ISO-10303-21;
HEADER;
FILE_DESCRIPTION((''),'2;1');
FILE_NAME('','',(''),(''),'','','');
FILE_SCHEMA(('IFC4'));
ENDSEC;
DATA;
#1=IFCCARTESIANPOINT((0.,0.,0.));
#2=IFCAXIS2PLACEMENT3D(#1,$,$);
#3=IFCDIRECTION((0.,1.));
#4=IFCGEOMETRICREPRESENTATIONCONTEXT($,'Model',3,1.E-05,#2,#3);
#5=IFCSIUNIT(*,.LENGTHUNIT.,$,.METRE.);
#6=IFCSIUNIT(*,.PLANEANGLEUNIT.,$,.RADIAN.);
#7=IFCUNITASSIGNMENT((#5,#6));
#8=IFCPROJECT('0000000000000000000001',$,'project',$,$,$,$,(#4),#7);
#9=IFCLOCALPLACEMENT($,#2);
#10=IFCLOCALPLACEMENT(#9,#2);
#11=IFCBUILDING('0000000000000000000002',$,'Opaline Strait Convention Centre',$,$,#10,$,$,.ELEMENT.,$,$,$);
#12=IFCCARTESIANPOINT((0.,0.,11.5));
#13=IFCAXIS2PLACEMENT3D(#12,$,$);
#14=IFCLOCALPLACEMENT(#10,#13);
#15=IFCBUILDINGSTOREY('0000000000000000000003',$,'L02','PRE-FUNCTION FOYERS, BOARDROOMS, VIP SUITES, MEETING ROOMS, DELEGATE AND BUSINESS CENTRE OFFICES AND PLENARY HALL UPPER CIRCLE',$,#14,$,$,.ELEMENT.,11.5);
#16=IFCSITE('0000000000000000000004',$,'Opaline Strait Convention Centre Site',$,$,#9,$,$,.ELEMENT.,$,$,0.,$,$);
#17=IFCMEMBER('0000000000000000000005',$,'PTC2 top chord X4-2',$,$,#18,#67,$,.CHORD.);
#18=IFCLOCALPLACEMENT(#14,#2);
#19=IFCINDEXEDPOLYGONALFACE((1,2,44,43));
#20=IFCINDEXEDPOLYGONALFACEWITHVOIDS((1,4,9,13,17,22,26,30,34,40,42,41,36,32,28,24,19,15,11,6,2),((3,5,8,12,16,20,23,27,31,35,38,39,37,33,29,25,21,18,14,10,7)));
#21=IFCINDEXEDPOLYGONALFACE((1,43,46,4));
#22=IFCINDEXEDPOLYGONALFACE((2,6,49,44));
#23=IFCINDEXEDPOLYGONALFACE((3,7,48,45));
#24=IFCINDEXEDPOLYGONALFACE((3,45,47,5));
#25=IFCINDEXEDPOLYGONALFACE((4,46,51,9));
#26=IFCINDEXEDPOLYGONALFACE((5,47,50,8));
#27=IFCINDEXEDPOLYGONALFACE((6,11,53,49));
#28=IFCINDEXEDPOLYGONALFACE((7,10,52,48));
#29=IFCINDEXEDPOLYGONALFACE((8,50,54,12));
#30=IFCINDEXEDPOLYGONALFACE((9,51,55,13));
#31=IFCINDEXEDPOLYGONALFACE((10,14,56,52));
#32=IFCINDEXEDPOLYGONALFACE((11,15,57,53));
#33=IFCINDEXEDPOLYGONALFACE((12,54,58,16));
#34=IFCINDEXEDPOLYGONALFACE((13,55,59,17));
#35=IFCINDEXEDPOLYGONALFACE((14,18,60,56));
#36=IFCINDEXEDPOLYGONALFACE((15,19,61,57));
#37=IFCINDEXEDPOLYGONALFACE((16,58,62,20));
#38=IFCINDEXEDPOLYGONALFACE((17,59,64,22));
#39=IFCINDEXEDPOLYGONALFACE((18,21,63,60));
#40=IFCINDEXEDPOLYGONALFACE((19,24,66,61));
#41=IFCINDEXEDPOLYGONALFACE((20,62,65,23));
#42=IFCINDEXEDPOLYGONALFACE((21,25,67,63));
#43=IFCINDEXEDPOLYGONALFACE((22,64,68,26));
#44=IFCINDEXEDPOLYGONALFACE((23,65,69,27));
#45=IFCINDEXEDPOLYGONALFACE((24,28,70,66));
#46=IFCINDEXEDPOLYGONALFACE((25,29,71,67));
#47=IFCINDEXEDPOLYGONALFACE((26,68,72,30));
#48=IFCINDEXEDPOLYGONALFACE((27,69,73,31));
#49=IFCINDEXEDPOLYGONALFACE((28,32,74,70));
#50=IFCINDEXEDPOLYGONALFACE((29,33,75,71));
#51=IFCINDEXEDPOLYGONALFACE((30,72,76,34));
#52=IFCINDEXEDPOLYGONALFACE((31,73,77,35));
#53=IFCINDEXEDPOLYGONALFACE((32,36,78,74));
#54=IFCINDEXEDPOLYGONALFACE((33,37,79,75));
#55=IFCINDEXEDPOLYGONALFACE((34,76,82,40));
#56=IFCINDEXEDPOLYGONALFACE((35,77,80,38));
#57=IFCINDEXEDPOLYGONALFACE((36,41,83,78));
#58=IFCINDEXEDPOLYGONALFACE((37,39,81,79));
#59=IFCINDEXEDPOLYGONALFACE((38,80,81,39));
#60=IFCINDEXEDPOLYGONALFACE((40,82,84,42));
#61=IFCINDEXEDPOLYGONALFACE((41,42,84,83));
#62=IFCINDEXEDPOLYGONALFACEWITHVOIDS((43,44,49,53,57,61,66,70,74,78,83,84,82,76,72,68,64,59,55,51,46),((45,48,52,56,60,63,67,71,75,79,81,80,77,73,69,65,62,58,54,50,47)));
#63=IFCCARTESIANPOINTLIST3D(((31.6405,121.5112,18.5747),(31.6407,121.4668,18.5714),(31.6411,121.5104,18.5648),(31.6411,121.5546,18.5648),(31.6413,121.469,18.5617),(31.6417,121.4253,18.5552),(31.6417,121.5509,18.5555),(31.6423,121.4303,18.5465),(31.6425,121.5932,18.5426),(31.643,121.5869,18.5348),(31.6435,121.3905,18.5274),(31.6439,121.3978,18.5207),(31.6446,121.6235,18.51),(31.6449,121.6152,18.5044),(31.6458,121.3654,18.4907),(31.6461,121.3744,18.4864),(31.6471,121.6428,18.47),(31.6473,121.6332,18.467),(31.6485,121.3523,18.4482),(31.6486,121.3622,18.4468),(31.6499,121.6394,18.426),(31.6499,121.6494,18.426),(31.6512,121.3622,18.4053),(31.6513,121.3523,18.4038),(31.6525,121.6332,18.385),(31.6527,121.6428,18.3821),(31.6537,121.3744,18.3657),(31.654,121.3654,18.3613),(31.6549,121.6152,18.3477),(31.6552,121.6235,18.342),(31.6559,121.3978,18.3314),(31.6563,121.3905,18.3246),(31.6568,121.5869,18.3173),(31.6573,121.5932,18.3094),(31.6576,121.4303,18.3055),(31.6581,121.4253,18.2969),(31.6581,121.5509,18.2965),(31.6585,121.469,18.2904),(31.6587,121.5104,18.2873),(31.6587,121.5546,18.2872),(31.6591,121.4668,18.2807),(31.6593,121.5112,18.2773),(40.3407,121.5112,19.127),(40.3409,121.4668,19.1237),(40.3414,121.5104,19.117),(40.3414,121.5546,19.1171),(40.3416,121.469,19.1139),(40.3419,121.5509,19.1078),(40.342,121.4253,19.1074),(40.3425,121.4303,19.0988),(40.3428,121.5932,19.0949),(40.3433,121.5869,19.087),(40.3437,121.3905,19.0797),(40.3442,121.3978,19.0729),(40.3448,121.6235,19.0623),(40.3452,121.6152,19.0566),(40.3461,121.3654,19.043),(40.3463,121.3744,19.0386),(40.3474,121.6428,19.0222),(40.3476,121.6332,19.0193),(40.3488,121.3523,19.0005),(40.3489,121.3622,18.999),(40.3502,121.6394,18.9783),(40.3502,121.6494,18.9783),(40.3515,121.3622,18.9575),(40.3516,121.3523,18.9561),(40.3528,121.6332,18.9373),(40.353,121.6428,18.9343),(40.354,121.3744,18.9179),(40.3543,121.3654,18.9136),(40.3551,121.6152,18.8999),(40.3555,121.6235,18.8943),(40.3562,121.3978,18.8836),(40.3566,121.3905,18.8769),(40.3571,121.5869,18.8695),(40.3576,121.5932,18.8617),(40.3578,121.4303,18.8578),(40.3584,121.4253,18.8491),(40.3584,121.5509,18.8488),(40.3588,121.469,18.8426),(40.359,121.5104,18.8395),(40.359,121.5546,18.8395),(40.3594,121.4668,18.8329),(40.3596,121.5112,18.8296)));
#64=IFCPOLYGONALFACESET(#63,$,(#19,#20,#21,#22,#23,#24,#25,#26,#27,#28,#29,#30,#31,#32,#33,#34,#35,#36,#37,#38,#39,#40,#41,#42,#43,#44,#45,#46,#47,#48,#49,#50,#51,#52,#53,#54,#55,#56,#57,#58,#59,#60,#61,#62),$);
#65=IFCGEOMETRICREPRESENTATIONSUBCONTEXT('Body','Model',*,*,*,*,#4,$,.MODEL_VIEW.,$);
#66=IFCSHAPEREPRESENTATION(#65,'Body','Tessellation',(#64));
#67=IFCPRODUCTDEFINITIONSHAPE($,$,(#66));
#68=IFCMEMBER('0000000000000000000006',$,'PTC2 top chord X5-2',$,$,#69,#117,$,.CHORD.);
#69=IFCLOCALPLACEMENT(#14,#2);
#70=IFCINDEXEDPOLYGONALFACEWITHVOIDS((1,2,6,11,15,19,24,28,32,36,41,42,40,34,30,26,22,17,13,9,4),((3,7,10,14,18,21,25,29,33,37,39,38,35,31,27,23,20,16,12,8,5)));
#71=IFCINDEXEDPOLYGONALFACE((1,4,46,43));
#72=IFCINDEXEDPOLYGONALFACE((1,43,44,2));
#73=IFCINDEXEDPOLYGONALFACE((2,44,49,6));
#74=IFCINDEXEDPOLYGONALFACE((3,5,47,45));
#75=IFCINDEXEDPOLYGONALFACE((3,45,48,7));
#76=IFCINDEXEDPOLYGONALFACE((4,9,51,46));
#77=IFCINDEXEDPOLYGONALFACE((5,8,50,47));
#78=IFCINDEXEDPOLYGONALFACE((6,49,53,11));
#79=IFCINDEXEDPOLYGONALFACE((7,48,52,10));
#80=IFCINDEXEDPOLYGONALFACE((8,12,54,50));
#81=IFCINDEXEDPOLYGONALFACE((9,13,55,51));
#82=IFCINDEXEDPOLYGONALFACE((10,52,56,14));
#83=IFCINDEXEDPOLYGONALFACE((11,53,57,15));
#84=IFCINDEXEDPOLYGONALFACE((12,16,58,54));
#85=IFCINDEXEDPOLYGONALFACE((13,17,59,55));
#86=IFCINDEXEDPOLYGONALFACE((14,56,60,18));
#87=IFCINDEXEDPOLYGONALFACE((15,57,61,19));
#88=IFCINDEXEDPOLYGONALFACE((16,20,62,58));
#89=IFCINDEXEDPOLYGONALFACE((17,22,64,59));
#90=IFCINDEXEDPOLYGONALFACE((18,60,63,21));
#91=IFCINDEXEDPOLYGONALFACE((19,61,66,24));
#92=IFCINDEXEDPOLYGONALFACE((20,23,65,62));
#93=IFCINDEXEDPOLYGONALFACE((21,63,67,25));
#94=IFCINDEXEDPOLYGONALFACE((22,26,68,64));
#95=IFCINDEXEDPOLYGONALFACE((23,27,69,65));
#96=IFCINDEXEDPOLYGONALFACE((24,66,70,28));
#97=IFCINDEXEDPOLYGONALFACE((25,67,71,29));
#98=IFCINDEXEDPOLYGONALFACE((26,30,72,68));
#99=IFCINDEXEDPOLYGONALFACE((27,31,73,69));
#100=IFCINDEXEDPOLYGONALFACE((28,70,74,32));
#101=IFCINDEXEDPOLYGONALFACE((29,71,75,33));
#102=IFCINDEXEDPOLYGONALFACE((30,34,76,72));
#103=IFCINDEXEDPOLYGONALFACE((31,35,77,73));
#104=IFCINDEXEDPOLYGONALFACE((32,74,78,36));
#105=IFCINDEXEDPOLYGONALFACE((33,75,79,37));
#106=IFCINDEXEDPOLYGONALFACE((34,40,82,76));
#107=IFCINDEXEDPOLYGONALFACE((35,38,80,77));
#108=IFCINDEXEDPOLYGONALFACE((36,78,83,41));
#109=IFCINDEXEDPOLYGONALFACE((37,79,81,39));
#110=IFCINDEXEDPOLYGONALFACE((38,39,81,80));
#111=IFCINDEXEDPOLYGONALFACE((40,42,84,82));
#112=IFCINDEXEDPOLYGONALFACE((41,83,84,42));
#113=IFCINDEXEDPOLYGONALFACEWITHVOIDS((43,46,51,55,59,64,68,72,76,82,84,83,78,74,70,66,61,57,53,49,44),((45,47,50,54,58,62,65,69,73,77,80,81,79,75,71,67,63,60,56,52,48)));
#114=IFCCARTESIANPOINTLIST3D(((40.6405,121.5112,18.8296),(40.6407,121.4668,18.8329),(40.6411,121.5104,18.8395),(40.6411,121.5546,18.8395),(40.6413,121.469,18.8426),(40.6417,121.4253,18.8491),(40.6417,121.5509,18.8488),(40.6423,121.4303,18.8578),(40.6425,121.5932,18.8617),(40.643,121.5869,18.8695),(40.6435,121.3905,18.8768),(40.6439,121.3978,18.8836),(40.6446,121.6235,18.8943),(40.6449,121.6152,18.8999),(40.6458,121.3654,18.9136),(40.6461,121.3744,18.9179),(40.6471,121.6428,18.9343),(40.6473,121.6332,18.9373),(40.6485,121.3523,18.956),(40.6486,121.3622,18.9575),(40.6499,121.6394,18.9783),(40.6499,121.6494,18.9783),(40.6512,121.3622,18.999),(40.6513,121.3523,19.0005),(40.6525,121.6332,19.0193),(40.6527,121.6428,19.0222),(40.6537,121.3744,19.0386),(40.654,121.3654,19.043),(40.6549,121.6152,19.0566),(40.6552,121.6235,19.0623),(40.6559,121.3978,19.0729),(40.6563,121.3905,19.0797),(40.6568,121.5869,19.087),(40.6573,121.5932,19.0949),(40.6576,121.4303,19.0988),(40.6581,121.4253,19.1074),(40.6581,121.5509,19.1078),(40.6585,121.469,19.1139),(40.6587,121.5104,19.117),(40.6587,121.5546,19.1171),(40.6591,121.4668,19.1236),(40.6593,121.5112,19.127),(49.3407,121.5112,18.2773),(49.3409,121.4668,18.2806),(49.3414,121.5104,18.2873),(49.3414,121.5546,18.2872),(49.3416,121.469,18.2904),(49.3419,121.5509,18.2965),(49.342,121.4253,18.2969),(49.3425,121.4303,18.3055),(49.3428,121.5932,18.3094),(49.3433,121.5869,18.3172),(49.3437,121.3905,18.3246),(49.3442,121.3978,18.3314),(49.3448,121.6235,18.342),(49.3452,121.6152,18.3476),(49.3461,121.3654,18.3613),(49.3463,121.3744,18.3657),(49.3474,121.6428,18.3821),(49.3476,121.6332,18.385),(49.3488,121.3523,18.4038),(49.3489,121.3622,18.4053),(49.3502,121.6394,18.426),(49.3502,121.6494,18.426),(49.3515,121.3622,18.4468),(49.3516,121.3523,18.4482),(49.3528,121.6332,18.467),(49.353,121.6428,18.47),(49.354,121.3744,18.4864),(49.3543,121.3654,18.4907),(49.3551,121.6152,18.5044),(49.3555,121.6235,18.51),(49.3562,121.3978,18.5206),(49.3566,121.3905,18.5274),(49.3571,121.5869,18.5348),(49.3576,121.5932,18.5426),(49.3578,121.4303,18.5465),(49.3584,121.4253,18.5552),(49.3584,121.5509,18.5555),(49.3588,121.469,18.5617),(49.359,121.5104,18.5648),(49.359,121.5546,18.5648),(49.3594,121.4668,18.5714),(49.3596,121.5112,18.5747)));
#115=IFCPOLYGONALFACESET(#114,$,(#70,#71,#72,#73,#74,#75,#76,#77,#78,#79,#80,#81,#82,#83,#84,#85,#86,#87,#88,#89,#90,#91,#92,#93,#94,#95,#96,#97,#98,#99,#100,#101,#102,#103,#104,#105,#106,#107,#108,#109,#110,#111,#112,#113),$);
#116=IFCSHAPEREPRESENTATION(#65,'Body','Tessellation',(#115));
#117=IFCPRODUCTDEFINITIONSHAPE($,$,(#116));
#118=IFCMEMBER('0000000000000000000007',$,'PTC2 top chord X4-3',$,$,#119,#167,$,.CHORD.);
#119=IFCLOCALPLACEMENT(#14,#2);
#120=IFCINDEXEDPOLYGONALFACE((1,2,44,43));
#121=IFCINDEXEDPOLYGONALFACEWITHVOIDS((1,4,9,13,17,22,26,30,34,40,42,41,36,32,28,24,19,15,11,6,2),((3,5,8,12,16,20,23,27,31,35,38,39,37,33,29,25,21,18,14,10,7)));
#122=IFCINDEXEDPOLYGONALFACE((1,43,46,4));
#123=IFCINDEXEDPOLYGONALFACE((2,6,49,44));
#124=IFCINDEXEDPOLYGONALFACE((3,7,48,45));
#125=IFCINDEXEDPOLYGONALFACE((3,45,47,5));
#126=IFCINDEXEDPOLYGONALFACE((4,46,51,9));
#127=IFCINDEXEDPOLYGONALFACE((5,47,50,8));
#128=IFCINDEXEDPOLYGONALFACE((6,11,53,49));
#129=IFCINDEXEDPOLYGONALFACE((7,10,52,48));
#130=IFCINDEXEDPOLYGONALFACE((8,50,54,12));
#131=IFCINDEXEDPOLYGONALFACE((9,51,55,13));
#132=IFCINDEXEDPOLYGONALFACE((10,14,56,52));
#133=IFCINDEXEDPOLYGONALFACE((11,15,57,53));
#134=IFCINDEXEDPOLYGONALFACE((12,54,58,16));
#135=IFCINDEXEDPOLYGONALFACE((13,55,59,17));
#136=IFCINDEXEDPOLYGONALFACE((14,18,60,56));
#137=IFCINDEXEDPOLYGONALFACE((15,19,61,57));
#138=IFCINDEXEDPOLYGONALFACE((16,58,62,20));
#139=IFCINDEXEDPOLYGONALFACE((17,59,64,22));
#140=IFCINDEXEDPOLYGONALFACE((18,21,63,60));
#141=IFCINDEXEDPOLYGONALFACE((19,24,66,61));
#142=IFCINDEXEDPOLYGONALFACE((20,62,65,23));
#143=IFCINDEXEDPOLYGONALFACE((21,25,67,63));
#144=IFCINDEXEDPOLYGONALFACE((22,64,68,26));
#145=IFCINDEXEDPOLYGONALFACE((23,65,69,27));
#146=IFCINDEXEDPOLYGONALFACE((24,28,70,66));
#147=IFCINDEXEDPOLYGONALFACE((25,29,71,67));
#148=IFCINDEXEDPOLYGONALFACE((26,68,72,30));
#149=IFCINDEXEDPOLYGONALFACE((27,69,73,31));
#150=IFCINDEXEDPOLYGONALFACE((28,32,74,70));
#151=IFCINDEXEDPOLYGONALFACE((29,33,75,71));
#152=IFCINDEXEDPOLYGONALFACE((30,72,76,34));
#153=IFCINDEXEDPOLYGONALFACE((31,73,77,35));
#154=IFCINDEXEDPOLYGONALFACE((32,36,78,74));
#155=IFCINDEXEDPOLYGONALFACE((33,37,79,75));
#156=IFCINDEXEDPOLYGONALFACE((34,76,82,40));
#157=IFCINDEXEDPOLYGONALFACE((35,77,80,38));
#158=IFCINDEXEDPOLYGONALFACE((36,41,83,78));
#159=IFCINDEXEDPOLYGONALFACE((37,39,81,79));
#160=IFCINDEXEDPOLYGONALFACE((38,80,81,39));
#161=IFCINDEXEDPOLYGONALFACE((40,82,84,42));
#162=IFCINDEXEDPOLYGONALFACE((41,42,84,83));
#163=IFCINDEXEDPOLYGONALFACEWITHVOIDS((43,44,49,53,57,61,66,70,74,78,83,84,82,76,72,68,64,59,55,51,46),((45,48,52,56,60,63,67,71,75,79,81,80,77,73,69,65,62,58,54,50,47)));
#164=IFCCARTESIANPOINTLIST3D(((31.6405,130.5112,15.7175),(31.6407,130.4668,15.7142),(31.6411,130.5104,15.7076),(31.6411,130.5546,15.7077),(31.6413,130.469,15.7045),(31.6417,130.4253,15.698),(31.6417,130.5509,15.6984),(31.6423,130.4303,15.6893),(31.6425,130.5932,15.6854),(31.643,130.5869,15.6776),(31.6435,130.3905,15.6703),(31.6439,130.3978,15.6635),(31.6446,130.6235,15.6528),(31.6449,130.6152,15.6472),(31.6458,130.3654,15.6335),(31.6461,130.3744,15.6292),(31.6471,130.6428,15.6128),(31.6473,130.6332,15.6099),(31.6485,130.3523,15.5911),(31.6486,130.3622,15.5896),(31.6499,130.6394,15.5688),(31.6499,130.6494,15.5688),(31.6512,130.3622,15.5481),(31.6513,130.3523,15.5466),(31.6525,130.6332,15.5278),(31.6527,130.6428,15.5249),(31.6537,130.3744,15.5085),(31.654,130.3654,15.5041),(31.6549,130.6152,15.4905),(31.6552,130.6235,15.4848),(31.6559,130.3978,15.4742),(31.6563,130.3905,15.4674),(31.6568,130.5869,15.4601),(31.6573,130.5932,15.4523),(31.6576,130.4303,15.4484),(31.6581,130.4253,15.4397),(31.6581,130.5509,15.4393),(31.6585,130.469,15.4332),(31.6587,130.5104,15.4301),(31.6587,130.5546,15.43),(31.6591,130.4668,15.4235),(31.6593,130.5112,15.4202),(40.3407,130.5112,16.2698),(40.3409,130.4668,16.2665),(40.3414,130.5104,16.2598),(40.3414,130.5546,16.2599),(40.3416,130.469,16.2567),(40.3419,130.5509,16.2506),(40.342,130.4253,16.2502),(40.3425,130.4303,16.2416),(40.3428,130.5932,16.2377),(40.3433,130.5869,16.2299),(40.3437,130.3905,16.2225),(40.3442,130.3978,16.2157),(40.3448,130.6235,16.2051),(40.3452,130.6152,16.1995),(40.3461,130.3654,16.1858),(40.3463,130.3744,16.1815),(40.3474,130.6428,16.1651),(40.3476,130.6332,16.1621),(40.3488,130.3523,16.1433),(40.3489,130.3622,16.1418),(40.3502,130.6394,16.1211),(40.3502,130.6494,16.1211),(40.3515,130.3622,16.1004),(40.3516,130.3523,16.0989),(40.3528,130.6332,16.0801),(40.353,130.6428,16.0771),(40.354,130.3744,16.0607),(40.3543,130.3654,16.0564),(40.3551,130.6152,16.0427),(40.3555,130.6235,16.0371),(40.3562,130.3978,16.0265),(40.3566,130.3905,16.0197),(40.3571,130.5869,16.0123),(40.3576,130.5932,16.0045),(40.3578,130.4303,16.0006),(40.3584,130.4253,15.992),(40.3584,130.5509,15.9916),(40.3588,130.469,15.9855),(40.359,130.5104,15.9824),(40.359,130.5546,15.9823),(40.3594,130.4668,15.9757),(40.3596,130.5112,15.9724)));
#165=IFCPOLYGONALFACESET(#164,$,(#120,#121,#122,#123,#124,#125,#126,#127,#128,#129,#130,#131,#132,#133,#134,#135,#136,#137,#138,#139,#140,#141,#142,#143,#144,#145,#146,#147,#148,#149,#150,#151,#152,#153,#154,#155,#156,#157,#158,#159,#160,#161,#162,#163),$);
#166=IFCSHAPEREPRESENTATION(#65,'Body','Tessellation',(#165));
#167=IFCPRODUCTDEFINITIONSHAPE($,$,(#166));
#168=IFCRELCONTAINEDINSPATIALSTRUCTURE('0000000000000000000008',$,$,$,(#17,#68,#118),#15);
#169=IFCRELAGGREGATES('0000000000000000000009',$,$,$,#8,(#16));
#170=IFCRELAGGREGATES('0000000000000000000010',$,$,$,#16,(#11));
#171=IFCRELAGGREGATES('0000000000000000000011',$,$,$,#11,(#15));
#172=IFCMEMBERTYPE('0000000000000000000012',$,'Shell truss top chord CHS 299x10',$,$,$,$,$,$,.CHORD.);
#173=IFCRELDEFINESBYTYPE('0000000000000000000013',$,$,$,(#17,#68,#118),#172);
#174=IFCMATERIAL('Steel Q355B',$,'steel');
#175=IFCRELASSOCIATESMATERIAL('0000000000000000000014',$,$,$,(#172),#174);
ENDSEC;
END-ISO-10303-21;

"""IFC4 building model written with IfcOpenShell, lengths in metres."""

from ifc_helpers import new_model, si_unit, direction, frame, origin, origin_2d, place, context, subcontext, project, spatial, hollow_circle, extrude, material, material_profile, profile_set, type_object, element, save


model = new_model("IFC4")

# Units and contexts
model_context = context("Model", 3, precision=1e-05, world=origin(), true_north=direction((0.0, 1.0)))
body_context = subcontext(model_context, "Body", "Model", "MODEL_VIEW")
ifc_project = project(units=[si_unit("LENGTHUNIT", "METRE"), si_unit("PLANEANGLEUNIT", "RADIAN")], contexts=[model_context])

# Site, building, storey
site_placement = place(None, origin())
site = spatial("IfcSite", under=ifc_project, at=site_placement, Name="Opaline Strait Convention Centre Site", CompositionType="ELEMENT", RefElevation=0.0)
building_placement = place(site_placement, origin())
building = spatial("IfcBuilding", under=site, at=building_placement, Name="Opaline Strait Convention Centre", CompositionType="ELEMENT")
storey_placement = place(building_placement, frame((0.0, 0.0, 11.5)))
storey = spatial("IfcBuildingStorey", under=building, at=storey_placement, Name="L02", Description="PRE-FUNCTION FOYERS, BOARDROOMS, VIP SUITES, MEETING ROOMS, DELEGATE AND BUSINESS CENTRE OFFICES AND PLENARY HALL UPPER CIRCLE", CompositionType="ELEMENT", Elevation=11.5)

# Members
ifc_material_1 = material(Name="Steel Q355B", Category="steel")
ifc_material_profile_1 = material_profile(ifc_material_1, hollow_circle(Radius=0.1494, WallThickness=0.01, at=origin_2d()), Name="CHS 299x10")
ifc_profile_set_1 = profile_set([ifc_material_profile_1], Name="Steel Q355B")
member_type_1 = type_object("IfcMemberType", Name="Shell truss top chord CHS 299x10", PredefinedType="CHORD", material=ifc_profile_set_1)
for number, where, z_axis, x_axis, name in (
    (1, (31.6499, 121.5, 18.426), (0.997992, 0.0, 0.063348), (0.0, 1.0, 0.0), "PTC2 top chord X4-2"),
    (2, (40.6499, 121.5, 18.9783), (0.997992, 0.0, -0.063348), (0.0, 1.0, 0.0), "PTC2 top chord X5-2"),
    (3, (31.6499, 130.5, 15.5688), (0.997992, 0.0, 0.063348), (0.0, 1.0, 0.0), "PTC2 top chord X4-3"),
):
    element("IfcMember", number, at=place(storey_placement, frame(where, z_axis=z_axis, x_axis=x_axis)), inside=storey, type_object=member_type_1, Name=name, PredefinedType="CHORD", context=body_context, shape_type="SweptSolid", body=[
        extrude(hollow_circle(Radius=0.1494, WallThickness=0.01, at=origin_2d()), origin(), (0.0, 0.0, 1.0), 8.7178),
    ])

save(model, "model.ifc")
